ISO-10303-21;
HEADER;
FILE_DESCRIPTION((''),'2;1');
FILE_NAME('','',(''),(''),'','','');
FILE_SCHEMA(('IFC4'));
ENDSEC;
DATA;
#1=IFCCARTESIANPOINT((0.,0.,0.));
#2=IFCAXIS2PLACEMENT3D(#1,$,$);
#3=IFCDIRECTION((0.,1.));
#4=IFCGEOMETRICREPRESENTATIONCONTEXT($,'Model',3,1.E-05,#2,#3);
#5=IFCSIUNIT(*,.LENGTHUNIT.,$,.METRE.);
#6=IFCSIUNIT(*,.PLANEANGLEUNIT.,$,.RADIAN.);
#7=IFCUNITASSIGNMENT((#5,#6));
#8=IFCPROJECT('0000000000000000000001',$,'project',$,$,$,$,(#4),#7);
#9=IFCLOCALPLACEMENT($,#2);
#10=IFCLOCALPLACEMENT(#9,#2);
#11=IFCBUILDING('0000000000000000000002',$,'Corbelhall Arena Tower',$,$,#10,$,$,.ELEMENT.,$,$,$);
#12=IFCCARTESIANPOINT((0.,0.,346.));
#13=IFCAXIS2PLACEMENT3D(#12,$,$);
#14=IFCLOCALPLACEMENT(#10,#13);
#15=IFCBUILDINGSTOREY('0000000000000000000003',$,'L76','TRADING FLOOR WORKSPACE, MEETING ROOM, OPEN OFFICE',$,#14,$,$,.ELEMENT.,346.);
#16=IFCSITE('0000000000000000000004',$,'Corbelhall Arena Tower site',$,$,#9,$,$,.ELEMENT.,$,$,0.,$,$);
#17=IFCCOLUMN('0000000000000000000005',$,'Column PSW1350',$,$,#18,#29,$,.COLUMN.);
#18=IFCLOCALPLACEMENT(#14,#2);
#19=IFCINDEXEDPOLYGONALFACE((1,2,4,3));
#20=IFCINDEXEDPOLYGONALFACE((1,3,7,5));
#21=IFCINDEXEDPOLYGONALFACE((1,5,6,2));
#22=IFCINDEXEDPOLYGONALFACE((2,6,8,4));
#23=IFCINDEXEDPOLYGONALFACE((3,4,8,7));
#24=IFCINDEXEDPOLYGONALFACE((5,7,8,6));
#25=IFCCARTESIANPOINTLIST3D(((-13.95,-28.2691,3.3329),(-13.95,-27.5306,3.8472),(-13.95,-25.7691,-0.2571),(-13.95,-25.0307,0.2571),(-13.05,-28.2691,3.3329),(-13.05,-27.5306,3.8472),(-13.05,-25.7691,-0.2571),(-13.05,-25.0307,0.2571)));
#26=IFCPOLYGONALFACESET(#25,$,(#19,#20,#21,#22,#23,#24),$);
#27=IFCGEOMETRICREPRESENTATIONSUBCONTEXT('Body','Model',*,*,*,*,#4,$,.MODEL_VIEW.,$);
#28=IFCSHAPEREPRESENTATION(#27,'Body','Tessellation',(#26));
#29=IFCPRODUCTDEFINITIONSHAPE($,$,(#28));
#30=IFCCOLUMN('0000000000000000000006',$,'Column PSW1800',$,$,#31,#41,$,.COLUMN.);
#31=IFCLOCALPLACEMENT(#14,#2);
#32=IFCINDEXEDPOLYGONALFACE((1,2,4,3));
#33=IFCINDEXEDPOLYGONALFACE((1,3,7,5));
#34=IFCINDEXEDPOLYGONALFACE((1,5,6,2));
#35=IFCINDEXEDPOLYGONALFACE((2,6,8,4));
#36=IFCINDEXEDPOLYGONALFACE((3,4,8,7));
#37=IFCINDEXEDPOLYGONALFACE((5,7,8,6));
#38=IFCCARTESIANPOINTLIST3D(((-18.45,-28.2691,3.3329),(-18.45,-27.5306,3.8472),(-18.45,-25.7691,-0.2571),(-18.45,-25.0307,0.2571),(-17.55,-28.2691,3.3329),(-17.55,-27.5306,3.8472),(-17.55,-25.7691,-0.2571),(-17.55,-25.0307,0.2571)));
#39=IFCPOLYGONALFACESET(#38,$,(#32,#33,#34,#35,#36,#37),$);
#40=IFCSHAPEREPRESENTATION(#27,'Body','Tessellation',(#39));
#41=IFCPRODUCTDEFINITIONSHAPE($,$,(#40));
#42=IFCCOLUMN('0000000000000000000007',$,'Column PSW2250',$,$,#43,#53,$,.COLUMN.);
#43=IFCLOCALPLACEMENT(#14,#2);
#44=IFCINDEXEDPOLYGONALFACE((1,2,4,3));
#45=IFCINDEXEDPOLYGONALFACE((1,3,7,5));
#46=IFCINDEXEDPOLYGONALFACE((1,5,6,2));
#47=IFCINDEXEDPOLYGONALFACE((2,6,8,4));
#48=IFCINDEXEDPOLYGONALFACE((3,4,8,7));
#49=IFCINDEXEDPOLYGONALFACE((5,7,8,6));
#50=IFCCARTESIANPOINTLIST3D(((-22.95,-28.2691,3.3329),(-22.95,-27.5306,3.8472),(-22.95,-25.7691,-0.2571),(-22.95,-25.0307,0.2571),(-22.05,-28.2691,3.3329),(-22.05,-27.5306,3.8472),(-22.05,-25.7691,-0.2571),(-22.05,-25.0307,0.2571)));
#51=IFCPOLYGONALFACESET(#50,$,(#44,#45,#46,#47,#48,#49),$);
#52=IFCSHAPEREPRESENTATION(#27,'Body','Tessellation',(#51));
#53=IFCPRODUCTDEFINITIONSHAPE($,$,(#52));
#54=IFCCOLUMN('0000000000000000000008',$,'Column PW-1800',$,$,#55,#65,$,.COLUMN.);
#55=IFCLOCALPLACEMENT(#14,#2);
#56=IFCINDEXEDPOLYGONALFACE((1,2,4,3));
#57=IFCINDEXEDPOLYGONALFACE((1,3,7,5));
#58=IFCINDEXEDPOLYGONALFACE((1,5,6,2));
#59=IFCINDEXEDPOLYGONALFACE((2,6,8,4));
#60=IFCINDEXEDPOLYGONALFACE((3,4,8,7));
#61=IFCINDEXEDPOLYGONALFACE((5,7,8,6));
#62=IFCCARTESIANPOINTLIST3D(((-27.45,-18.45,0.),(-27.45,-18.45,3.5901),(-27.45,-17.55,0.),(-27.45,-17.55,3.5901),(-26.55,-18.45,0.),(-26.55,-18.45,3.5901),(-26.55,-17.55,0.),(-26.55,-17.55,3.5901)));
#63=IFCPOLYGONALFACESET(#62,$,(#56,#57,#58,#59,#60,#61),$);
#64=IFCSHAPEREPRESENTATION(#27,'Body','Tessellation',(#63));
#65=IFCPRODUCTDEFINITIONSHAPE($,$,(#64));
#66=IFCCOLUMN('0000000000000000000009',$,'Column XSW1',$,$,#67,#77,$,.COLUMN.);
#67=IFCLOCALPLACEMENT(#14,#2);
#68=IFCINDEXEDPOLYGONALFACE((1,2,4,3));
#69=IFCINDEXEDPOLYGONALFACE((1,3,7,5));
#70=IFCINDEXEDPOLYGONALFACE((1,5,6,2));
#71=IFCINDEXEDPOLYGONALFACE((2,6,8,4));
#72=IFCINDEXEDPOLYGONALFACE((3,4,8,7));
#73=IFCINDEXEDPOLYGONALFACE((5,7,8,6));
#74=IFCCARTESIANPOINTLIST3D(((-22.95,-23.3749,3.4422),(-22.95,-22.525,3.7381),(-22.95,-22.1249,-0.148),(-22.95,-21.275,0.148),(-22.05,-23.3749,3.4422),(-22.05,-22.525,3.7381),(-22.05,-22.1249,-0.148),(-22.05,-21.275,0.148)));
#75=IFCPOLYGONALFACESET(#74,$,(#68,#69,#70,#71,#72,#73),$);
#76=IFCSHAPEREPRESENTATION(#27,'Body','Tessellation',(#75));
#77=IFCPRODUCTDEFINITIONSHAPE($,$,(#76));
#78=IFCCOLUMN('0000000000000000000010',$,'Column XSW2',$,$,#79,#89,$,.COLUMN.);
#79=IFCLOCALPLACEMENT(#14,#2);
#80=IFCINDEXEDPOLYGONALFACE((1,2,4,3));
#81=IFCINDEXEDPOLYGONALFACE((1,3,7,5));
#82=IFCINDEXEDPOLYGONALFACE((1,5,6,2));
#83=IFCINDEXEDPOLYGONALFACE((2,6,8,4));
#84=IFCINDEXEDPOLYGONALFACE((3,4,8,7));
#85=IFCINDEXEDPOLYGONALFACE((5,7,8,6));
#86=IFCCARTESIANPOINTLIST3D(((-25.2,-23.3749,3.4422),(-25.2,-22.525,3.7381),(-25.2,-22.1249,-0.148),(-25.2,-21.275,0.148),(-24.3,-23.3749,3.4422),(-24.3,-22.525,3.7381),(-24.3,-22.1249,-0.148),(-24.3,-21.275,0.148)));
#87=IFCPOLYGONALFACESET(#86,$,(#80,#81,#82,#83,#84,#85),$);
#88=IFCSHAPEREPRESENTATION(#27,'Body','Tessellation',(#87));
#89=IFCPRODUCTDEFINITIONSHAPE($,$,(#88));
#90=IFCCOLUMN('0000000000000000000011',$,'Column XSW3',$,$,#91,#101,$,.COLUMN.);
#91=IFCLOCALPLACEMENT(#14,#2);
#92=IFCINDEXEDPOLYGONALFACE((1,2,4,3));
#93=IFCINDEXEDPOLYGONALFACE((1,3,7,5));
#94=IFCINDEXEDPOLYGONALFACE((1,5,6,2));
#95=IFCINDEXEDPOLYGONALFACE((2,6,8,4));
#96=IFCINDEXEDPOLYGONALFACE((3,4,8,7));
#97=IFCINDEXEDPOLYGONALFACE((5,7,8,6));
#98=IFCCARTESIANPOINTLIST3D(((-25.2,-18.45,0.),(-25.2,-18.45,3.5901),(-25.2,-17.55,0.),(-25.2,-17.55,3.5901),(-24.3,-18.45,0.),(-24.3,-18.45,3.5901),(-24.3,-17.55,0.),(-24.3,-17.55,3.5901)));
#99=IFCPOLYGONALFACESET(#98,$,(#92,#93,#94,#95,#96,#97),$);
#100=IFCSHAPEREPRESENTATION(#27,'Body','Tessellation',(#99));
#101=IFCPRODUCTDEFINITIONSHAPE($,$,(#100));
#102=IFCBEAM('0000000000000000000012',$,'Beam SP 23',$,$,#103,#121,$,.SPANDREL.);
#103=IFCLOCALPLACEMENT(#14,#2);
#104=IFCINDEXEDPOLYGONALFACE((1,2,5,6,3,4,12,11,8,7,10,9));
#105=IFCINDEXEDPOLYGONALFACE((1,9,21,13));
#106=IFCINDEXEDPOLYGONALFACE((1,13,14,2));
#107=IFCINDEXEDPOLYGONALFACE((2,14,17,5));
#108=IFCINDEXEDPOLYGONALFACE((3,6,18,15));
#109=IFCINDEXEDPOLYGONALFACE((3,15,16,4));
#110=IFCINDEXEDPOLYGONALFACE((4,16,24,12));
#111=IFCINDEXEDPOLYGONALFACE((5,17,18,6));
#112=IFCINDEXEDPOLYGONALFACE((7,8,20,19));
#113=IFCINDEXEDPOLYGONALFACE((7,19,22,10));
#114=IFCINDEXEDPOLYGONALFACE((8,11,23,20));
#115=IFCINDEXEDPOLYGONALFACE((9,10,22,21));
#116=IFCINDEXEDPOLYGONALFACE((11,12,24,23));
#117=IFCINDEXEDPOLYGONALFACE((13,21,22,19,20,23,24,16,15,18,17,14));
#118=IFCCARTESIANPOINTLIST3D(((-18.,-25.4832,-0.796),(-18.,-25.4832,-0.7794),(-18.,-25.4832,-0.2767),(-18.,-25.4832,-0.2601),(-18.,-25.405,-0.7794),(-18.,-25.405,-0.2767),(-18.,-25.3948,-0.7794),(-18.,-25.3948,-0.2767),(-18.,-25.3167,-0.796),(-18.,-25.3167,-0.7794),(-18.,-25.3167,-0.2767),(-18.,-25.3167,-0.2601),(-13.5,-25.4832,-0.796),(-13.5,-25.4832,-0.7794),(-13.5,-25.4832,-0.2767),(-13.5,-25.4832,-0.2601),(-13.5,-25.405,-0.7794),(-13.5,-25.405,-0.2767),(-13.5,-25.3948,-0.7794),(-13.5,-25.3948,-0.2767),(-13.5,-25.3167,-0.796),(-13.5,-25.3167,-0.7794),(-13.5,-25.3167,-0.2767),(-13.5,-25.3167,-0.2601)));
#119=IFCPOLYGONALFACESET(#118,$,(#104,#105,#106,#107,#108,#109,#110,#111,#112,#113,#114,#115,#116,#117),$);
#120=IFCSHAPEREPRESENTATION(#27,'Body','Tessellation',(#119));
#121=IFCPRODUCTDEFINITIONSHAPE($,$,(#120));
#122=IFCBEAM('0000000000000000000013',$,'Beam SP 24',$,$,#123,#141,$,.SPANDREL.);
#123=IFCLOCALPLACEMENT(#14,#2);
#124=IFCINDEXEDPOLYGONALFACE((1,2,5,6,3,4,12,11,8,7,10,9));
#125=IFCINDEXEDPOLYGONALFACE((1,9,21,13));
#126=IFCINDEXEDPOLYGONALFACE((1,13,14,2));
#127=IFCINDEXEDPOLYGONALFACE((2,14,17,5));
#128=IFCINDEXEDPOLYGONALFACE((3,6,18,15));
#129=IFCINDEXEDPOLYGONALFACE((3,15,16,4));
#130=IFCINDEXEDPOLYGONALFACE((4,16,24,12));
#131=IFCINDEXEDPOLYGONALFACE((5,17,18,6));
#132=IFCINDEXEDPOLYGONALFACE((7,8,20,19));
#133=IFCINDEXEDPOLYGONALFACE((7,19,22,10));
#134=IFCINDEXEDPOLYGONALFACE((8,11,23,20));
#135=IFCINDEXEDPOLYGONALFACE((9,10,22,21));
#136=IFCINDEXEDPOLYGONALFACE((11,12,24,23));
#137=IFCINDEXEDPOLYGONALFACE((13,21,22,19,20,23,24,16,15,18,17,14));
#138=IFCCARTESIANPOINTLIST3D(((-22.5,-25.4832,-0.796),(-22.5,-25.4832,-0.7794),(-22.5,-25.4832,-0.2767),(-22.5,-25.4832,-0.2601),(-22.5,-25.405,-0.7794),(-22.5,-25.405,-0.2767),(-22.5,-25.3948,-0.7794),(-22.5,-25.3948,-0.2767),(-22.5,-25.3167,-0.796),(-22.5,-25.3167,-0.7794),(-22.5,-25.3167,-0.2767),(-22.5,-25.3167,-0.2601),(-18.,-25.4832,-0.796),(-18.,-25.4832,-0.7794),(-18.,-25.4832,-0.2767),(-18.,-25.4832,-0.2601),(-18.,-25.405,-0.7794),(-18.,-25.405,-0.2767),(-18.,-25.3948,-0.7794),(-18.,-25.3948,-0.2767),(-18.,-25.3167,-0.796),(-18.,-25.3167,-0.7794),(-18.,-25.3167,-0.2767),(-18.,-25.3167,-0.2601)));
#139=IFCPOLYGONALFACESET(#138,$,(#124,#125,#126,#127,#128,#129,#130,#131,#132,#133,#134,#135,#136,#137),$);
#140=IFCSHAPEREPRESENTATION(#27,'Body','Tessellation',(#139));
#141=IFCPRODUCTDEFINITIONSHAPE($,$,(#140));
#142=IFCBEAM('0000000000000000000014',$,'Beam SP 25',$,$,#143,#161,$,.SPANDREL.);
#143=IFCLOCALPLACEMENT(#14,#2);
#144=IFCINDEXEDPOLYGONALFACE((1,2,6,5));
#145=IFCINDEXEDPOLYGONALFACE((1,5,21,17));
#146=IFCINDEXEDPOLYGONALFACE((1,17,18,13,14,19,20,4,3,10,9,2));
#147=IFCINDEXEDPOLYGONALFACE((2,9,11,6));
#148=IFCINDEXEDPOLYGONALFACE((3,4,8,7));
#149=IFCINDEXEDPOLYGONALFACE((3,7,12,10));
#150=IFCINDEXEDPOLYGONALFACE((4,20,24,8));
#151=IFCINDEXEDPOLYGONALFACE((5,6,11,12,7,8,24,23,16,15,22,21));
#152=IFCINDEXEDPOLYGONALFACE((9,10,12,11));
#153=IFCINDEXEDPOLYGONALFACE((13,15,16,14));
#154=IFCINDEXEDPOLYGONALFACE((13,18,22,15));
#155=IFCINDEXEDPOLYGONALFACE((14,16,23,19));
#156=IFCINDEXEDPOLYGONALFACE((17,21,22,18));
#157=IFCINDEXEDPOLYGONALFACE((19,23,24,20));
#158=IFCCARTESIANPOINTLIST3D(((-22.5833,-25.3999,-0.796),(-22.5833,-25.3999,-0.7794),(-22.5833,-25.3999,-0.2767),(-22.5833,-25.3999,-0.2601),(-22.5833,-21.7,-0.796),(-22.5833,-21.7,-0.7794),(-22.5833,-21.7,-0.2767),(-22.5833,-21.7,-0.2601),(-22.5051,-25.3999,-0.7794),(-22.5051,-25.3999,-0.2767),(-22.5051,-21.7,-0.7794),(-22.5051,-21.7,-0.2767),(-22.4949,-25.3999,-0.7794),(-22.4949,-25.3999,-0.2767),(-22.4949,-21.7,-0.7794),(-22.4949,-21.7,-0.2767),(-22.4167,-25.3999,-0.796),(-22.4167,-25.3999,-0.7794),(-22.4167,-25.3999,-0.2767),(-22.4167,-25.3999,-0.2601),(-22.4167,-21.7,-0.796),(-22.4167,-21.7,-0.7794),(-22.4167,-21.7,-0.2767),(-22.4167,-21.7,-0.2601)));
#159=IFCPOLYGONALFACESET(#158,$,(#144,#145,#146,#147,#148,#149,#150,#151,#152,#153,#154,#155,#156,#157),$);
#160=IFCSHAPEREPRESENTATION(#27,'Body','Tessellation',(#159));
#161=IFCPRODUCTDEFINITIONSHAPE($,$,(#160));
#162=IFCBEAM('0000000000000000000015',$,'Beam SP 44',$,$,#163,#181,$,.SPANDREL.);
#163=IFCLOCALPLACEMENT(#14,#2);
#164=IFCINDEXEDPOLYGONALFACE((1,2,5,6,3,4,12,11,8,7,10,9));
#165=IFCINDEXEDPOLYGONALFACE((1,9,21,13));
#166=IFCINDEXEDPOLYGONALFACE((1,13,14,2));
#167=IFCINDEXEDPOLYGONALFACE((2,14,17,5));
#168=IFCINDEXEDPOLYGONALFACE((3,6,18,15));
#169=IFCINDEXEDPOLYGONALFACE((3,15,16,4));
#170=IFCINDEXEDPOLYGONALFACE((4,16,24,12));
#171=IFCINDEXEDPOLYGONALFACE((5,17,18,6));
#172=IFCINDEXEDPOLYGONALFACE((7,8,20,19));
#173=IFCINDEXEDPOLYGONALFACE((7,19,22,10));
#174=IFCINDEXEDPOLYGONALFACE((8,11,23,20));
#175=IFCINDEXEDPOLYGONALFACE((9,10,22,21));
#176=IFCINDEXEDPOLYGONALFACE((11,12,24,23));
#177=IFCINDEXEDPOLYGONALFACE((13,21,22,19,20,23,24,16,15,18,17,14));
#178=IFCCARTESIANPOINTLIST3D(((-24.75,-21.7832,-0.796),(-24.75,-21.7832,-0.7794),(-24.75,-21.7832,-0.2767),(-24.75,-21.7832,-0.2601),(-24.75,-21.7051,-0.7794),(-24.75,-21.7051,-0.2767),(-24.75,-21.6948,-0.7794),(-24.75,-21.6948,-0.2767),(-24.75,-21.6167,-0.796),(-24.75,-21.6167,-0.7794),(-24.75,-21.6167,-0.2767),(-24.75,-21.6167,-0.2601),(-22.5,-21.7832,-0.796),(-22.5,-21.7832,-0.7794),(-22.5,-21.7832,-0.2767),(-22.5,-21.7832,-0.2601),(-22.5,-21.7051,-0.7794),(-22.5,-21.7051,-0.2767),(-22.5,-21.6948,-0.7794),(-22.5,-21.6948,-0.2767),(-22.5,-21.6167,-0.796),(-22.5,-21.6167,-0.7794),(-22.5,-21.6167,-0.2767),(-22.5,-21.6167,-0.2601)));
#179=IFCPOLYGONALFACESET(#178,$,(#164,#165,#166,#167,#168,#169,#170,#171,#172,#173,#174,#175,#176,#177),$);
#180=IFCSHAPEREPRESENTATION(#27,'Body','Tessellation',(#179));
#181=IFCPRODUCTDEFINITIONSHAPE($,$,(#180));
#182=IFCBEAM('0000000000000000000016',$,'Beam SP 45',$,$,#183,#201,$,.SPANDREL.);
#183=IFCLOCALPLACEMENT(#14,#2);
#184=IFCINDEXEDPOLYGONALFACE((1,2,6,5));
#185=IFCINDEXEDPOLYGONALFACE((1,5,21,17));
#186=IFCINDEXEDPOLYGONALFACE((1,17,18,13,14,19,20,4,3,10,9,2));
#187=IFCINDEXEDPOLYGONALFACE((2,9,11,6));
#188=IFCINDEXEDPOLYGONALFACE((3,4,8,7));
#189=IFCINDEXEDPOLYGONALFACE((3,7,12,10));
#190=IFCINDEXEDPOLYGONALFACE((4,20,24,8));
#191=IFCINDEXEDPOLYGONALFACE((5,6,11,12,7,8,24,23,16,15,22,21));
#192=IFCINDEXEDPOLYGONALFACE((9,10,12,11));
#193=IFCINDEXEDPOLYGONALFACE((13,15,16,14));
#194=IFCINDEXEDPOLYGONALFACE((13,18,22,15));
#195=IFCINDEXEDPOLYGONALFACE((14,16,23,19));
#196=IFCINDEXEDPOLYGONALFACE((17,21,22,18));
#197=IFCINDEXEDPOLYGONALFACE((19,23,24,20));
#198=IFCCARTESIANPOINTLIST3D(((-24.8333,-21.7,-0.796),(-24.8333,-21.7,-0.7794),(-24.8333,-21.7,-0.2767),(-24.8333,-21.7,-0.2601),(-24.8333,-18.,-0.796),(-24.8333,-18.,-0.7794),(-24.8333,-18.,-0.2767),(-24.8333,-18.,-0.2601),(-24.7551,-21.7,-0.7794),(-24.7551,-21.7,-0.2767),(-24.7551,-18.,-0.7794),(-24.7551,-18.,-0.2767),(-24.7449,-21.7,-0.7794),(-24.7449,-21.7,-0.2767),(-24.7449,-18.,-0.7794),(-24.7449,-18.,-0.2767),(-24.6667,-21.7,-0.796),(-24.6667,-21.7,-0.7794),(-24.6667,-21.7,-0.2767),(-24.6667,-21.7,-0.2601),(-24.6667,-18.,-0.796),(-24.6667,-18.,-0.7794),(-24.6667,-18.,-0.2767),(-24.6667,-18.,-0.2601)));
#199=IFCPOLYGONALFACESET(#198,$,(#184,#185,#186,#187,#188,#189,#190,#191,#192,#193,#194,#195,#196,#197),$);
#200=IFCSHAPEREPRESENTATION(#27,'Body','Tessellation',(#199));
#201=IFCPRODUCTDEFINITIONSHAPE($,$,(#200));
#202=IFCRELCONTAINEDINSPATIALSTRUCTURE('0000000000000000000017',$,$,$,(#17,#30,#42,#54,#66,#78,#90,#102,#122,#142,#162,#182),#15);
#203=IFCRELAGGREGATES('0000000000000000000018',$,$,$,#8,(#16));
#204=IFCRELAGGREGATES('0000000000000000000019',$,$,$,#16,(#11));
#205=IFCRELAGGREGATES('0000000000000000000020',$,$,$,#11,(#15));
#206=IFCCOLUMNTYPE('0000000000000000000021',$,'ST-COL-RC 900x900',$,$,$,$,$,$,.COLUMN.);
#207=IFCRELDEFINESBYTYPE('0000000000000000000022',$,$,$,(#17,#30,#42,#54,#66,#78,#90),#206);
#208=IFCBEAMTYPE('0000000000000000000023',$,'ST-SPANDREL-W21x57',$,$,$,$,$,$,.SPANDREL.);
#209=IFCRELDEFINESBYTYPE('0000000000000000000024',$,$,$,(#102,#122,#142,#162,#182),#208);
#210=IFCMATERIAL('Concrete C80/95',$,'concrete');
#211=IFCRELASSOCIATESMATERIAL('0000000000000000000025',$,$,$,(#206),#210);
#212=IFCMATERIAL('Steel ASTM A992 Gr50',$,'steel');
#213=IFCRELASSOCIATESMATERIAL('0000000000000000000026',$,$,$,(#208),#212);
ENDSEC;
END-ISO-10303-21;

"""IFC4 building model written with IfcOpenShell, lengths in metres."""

from ifc_helpers import new_model, si_unit, direction, frame, origin, origin_2d, place, context, subcontext, project, spatial, rectangle, i_section, extrude, material, material_profile, profile_set, type_object, element, save


model = new_model("IFC4")

# Units and contexts
model_context = context("Model", 3, precision=1e-05, world=origin(), true_north=direction((0.0, 1.0)))
body_context = subcontext(model_context, "Body", "Model", "MODEL_VIEW")
ifc_project = project(units=[si_unit("LENGTHUNIT", "METRE"), si_unit("PLANEANGLEUNIT", "RADIAN")], contexts=[model_context])

# Site, building, storey
site_placement = place(None, origin())
site = spatial("IfcSite", under=ifc_project, at=site_placement, Name="Corbelhall Arena Tower site", CompositionType="ELEMENT", RefElevation=0.0)
building_placement = place(site_placement, origin())
building = spatial("IfcBuilding", under=site, at=building_placement, Name="Corbelhall Arena Tower", CompositionType="ELEMENT")
storey_placement = place(building_placement, frame((0.0, 0.0, 346.0)))
storey = spatial("IfcBuildingStorey", under=building, at=storey_placement, Name="L76", Description="TRADING FLOOR WORKSPACE, MEETING ROOM, OPEN OFFICE", CompositionType="ELEMENT", Elevation=346.0)

# Columns
ifc_material_1 = material(Name="Concrete C80/95", Category="concrete")
ifc_material_profile_1 = material_profile(ifc_material_1, rectangle(XDim=0.8999, YDim=0.8999, at=origin_2d()))
ifc_profile_set_1 = profile_set([ifc_material_profile_1], Name="Concrete C80/95")
column_type = type_object("IfcColumnType", Name="ST-COL-RC 900x900", PredefinedType="COLUMN", material=ifc_profile_set_1)
for number, where, z_axis, x_axis, name in (
    (1, (-13.5, -25.3999, 0.0), (0.0, -0.571457, 0.820632), (1.0, 0.0, 0.0), "Column PSW1350"),
    (2, (-18.0, -25.3999, 0.0), (0.0, -0.571457, 0.820632), (1.0, 0.0, 0.0), "Column PSW1800"),
    (3, (-22.5, -25.3999, 0.0), (0.0, -0.571457, 0.820632), (1.0, 0.0, 0.0), "Column PSW2250"),
):
    element("IfcColumn", number, at=place(storey_placement, frame(where, z_axis=z_axis, x_axis=x_axis)), inside=storey, type_object=column_type, Name=name, PredefinedType="COLUMN", context=body_context, shape_type="SweptSolid", body=[
        extrude(rectangle(XDim=0.8999, YDim=0.8999, at=origin_2d()), origin(), (0.0, 0.0, 1.0), 4.3748),
    ])
column_1_placement = place(storey_placement, frame((-27.0, -18.0, 0.0), z_axis=(0.0, 0.0, 1.0), x_axis=(0.0, 1.0, 0.0)))
element("IfcColumn", 4, at=column_1_placement, inside=storey, type_object=column_type, Name="Column PW-1800", PredefinedType="COLUMN", context=body_context, shape_type="SweptSolid", body=[
    extrude(rectangle(XDim=0.8999, YDim=0.8999, at=origin_2d()), origin(), (0.0, 0.0, 1.0), 3.5901),
])
for number, where, z_axis, x_axis, name in (
    (5, (-22.5, -21.7, 0.0), (0.0, -0.32882, 0.944393), (1.0, 0.0, 0.0), "Column XSW1"),
    (6, (-24.75, -21.7, 0.0), (0.0, -0.32882, 0.944393), (1.0, 0.0, 0.0), "Column XSW2"),
):
    element("IfcColumn", number, at=place(storey_placement, frame(where, z_axis=z_axis, x_axis=x_axis)), inside=storey, type_object=column_type, Name=name, PredefinedType="COLUMN", context=body_context, shape_type="SweptSolid", body=[
        extrude(rectangle(XDim=0.8999, YDim=0.8999, at=origin_2d()), origin(), (0.0, 0.0, 1.0), 3.8015),
    ])
column_2_placement = place(storey_placement, frame((-24.75, -18.0, 0.0), z_axis=(0.0, 0.0, 1.0), x_axis=(1.0, 0.0, 0.0)))
element("IfcColumn", 7, at=column_2_placement, inside=storey, type_object=column_type, Name="Column XSW3", PredefinedType="COLUMN", context=body_context, shape_type="SweptSolid", body=[
    extrude(rectangle(XDim=0.8999, YDim=0.8999, at=origin_2d()), origin(), (0.0, 0.0, 1.0), 3.5901),
])

# Beams
ifc_material_2 = material(Name="Steel ASTM A992 Gr50", Category="steel")
ifc_material_profile_2 = material_profile(ifc_material_2, i_section(OverallWidth=0.1665, OverallDepth=0.5359, WebThickness=0.0103, FlangeThickness=0.0166, at=origin_2d()))
ifc_profile_set_2 = profile_set([ifc_material_profile_2], Name="Steel ASTM A992 Gr50")
beam_type_1 = type_object("IfcBeamType", Name="ST-SPANDREL-W21x57", PredefinedType="SPANDREL", material=ifc_profile_set_2)
for number, where, z_axis, x_axis, name in (
    (8, (-13.5, -25.3999, -0.5281), (-1.0, 0.0, 0.0), (0.0, -1.0, 0.0), "Beam SP 23"),
    (9, (-18.0, -25.3999, -0.5281), (-1.0, 0.0, 0.0), (0.0, -1.0, 0.0), "Beam SP 24"),
):
    element("IfcBeam", number, at=place(storey_placement, frame(where, z_axis=z_axis, x_axis=x_axis)), inside=storey, type_object=beam_type_1, Name=name, PredefinedType="SPANDREL", context=body_context, shape_type="SweptSolid", body=[
        extrude(i_section(OverallWidth=0.1665, OverallDepth=0.5359, WebThickness=0.0103, FlangeThickness=0.0166, at=origin_2d()), origin(), (0.0, 0.0, 1.0), 4.5),
    ])
beam_1_placement = place(storey_placement, frame((-22.5, -25.3999, -0.5281), z_axis=(0.0, 1.0, 0.0), x_axis=(-1.0, 0.0, 0.0)))
element("IfcBeam", 10, at=beam_1_placement, inside=storey, type_object=beam_type_1, Name="Beam SP 25", PredefinedType="SPANDREL", context=body_context, shape_type="SweptSolid", body=[
    extrude(i_section(OverallWidth=0.1665, OverallDepth=0.5359, WebThickness=0.0103, FlangeThickness=0.0166, at=origin_2d()), origin(), (0.0, 0.0, 1.0), 3.7),
])
beam_2_placement = place(storey_placement, frame((-22.5, -21.7, -0.5281), z_axis=(-1.0, 0.0, 0.0), x_axis=(0.0, -1.0, 0.0)))
element("IfcBeam", 11, at=beam_2_placement, inside=storey, type_object=beam_type_1, Name="Beam SP 44", PredefinedType="SPANDREL", context=body_context, shape_type="SweptSolid", body=[
    extrude(i_section(OverallWidth=0.1665, OverallDepth=0.5359, WebThickness=0.0103, FlangeThickness=0.0166, at=origin_2d()), origin(), (0.0, 0.0, 1.0), 2.25),
])
beam_3_placement = place(storey_placement, frame((-24.75, -21.7, -0.5281), z_axis=(0.0, 1.0, 0.0), x_axis=(-1.0, 0.0, 0.0)))
element("IfcBeam", 12, at=beam_3_placement, inside=storey, type_object=beam_type_1, Name="Beam SP 45", PredefinedType="SPANDREL", context=body_context, shape_type="SweptSolid", body=[
    extrude(i_section(OverallWidth=0.1665, OverallDepth=0.5359, WebThickness=0.0103, FlangeThickness=0.0166, at=origin_2d()), origin(), (0.0, 0.0, 1.0), 3.7),
])

save(model, "model.ifc")
